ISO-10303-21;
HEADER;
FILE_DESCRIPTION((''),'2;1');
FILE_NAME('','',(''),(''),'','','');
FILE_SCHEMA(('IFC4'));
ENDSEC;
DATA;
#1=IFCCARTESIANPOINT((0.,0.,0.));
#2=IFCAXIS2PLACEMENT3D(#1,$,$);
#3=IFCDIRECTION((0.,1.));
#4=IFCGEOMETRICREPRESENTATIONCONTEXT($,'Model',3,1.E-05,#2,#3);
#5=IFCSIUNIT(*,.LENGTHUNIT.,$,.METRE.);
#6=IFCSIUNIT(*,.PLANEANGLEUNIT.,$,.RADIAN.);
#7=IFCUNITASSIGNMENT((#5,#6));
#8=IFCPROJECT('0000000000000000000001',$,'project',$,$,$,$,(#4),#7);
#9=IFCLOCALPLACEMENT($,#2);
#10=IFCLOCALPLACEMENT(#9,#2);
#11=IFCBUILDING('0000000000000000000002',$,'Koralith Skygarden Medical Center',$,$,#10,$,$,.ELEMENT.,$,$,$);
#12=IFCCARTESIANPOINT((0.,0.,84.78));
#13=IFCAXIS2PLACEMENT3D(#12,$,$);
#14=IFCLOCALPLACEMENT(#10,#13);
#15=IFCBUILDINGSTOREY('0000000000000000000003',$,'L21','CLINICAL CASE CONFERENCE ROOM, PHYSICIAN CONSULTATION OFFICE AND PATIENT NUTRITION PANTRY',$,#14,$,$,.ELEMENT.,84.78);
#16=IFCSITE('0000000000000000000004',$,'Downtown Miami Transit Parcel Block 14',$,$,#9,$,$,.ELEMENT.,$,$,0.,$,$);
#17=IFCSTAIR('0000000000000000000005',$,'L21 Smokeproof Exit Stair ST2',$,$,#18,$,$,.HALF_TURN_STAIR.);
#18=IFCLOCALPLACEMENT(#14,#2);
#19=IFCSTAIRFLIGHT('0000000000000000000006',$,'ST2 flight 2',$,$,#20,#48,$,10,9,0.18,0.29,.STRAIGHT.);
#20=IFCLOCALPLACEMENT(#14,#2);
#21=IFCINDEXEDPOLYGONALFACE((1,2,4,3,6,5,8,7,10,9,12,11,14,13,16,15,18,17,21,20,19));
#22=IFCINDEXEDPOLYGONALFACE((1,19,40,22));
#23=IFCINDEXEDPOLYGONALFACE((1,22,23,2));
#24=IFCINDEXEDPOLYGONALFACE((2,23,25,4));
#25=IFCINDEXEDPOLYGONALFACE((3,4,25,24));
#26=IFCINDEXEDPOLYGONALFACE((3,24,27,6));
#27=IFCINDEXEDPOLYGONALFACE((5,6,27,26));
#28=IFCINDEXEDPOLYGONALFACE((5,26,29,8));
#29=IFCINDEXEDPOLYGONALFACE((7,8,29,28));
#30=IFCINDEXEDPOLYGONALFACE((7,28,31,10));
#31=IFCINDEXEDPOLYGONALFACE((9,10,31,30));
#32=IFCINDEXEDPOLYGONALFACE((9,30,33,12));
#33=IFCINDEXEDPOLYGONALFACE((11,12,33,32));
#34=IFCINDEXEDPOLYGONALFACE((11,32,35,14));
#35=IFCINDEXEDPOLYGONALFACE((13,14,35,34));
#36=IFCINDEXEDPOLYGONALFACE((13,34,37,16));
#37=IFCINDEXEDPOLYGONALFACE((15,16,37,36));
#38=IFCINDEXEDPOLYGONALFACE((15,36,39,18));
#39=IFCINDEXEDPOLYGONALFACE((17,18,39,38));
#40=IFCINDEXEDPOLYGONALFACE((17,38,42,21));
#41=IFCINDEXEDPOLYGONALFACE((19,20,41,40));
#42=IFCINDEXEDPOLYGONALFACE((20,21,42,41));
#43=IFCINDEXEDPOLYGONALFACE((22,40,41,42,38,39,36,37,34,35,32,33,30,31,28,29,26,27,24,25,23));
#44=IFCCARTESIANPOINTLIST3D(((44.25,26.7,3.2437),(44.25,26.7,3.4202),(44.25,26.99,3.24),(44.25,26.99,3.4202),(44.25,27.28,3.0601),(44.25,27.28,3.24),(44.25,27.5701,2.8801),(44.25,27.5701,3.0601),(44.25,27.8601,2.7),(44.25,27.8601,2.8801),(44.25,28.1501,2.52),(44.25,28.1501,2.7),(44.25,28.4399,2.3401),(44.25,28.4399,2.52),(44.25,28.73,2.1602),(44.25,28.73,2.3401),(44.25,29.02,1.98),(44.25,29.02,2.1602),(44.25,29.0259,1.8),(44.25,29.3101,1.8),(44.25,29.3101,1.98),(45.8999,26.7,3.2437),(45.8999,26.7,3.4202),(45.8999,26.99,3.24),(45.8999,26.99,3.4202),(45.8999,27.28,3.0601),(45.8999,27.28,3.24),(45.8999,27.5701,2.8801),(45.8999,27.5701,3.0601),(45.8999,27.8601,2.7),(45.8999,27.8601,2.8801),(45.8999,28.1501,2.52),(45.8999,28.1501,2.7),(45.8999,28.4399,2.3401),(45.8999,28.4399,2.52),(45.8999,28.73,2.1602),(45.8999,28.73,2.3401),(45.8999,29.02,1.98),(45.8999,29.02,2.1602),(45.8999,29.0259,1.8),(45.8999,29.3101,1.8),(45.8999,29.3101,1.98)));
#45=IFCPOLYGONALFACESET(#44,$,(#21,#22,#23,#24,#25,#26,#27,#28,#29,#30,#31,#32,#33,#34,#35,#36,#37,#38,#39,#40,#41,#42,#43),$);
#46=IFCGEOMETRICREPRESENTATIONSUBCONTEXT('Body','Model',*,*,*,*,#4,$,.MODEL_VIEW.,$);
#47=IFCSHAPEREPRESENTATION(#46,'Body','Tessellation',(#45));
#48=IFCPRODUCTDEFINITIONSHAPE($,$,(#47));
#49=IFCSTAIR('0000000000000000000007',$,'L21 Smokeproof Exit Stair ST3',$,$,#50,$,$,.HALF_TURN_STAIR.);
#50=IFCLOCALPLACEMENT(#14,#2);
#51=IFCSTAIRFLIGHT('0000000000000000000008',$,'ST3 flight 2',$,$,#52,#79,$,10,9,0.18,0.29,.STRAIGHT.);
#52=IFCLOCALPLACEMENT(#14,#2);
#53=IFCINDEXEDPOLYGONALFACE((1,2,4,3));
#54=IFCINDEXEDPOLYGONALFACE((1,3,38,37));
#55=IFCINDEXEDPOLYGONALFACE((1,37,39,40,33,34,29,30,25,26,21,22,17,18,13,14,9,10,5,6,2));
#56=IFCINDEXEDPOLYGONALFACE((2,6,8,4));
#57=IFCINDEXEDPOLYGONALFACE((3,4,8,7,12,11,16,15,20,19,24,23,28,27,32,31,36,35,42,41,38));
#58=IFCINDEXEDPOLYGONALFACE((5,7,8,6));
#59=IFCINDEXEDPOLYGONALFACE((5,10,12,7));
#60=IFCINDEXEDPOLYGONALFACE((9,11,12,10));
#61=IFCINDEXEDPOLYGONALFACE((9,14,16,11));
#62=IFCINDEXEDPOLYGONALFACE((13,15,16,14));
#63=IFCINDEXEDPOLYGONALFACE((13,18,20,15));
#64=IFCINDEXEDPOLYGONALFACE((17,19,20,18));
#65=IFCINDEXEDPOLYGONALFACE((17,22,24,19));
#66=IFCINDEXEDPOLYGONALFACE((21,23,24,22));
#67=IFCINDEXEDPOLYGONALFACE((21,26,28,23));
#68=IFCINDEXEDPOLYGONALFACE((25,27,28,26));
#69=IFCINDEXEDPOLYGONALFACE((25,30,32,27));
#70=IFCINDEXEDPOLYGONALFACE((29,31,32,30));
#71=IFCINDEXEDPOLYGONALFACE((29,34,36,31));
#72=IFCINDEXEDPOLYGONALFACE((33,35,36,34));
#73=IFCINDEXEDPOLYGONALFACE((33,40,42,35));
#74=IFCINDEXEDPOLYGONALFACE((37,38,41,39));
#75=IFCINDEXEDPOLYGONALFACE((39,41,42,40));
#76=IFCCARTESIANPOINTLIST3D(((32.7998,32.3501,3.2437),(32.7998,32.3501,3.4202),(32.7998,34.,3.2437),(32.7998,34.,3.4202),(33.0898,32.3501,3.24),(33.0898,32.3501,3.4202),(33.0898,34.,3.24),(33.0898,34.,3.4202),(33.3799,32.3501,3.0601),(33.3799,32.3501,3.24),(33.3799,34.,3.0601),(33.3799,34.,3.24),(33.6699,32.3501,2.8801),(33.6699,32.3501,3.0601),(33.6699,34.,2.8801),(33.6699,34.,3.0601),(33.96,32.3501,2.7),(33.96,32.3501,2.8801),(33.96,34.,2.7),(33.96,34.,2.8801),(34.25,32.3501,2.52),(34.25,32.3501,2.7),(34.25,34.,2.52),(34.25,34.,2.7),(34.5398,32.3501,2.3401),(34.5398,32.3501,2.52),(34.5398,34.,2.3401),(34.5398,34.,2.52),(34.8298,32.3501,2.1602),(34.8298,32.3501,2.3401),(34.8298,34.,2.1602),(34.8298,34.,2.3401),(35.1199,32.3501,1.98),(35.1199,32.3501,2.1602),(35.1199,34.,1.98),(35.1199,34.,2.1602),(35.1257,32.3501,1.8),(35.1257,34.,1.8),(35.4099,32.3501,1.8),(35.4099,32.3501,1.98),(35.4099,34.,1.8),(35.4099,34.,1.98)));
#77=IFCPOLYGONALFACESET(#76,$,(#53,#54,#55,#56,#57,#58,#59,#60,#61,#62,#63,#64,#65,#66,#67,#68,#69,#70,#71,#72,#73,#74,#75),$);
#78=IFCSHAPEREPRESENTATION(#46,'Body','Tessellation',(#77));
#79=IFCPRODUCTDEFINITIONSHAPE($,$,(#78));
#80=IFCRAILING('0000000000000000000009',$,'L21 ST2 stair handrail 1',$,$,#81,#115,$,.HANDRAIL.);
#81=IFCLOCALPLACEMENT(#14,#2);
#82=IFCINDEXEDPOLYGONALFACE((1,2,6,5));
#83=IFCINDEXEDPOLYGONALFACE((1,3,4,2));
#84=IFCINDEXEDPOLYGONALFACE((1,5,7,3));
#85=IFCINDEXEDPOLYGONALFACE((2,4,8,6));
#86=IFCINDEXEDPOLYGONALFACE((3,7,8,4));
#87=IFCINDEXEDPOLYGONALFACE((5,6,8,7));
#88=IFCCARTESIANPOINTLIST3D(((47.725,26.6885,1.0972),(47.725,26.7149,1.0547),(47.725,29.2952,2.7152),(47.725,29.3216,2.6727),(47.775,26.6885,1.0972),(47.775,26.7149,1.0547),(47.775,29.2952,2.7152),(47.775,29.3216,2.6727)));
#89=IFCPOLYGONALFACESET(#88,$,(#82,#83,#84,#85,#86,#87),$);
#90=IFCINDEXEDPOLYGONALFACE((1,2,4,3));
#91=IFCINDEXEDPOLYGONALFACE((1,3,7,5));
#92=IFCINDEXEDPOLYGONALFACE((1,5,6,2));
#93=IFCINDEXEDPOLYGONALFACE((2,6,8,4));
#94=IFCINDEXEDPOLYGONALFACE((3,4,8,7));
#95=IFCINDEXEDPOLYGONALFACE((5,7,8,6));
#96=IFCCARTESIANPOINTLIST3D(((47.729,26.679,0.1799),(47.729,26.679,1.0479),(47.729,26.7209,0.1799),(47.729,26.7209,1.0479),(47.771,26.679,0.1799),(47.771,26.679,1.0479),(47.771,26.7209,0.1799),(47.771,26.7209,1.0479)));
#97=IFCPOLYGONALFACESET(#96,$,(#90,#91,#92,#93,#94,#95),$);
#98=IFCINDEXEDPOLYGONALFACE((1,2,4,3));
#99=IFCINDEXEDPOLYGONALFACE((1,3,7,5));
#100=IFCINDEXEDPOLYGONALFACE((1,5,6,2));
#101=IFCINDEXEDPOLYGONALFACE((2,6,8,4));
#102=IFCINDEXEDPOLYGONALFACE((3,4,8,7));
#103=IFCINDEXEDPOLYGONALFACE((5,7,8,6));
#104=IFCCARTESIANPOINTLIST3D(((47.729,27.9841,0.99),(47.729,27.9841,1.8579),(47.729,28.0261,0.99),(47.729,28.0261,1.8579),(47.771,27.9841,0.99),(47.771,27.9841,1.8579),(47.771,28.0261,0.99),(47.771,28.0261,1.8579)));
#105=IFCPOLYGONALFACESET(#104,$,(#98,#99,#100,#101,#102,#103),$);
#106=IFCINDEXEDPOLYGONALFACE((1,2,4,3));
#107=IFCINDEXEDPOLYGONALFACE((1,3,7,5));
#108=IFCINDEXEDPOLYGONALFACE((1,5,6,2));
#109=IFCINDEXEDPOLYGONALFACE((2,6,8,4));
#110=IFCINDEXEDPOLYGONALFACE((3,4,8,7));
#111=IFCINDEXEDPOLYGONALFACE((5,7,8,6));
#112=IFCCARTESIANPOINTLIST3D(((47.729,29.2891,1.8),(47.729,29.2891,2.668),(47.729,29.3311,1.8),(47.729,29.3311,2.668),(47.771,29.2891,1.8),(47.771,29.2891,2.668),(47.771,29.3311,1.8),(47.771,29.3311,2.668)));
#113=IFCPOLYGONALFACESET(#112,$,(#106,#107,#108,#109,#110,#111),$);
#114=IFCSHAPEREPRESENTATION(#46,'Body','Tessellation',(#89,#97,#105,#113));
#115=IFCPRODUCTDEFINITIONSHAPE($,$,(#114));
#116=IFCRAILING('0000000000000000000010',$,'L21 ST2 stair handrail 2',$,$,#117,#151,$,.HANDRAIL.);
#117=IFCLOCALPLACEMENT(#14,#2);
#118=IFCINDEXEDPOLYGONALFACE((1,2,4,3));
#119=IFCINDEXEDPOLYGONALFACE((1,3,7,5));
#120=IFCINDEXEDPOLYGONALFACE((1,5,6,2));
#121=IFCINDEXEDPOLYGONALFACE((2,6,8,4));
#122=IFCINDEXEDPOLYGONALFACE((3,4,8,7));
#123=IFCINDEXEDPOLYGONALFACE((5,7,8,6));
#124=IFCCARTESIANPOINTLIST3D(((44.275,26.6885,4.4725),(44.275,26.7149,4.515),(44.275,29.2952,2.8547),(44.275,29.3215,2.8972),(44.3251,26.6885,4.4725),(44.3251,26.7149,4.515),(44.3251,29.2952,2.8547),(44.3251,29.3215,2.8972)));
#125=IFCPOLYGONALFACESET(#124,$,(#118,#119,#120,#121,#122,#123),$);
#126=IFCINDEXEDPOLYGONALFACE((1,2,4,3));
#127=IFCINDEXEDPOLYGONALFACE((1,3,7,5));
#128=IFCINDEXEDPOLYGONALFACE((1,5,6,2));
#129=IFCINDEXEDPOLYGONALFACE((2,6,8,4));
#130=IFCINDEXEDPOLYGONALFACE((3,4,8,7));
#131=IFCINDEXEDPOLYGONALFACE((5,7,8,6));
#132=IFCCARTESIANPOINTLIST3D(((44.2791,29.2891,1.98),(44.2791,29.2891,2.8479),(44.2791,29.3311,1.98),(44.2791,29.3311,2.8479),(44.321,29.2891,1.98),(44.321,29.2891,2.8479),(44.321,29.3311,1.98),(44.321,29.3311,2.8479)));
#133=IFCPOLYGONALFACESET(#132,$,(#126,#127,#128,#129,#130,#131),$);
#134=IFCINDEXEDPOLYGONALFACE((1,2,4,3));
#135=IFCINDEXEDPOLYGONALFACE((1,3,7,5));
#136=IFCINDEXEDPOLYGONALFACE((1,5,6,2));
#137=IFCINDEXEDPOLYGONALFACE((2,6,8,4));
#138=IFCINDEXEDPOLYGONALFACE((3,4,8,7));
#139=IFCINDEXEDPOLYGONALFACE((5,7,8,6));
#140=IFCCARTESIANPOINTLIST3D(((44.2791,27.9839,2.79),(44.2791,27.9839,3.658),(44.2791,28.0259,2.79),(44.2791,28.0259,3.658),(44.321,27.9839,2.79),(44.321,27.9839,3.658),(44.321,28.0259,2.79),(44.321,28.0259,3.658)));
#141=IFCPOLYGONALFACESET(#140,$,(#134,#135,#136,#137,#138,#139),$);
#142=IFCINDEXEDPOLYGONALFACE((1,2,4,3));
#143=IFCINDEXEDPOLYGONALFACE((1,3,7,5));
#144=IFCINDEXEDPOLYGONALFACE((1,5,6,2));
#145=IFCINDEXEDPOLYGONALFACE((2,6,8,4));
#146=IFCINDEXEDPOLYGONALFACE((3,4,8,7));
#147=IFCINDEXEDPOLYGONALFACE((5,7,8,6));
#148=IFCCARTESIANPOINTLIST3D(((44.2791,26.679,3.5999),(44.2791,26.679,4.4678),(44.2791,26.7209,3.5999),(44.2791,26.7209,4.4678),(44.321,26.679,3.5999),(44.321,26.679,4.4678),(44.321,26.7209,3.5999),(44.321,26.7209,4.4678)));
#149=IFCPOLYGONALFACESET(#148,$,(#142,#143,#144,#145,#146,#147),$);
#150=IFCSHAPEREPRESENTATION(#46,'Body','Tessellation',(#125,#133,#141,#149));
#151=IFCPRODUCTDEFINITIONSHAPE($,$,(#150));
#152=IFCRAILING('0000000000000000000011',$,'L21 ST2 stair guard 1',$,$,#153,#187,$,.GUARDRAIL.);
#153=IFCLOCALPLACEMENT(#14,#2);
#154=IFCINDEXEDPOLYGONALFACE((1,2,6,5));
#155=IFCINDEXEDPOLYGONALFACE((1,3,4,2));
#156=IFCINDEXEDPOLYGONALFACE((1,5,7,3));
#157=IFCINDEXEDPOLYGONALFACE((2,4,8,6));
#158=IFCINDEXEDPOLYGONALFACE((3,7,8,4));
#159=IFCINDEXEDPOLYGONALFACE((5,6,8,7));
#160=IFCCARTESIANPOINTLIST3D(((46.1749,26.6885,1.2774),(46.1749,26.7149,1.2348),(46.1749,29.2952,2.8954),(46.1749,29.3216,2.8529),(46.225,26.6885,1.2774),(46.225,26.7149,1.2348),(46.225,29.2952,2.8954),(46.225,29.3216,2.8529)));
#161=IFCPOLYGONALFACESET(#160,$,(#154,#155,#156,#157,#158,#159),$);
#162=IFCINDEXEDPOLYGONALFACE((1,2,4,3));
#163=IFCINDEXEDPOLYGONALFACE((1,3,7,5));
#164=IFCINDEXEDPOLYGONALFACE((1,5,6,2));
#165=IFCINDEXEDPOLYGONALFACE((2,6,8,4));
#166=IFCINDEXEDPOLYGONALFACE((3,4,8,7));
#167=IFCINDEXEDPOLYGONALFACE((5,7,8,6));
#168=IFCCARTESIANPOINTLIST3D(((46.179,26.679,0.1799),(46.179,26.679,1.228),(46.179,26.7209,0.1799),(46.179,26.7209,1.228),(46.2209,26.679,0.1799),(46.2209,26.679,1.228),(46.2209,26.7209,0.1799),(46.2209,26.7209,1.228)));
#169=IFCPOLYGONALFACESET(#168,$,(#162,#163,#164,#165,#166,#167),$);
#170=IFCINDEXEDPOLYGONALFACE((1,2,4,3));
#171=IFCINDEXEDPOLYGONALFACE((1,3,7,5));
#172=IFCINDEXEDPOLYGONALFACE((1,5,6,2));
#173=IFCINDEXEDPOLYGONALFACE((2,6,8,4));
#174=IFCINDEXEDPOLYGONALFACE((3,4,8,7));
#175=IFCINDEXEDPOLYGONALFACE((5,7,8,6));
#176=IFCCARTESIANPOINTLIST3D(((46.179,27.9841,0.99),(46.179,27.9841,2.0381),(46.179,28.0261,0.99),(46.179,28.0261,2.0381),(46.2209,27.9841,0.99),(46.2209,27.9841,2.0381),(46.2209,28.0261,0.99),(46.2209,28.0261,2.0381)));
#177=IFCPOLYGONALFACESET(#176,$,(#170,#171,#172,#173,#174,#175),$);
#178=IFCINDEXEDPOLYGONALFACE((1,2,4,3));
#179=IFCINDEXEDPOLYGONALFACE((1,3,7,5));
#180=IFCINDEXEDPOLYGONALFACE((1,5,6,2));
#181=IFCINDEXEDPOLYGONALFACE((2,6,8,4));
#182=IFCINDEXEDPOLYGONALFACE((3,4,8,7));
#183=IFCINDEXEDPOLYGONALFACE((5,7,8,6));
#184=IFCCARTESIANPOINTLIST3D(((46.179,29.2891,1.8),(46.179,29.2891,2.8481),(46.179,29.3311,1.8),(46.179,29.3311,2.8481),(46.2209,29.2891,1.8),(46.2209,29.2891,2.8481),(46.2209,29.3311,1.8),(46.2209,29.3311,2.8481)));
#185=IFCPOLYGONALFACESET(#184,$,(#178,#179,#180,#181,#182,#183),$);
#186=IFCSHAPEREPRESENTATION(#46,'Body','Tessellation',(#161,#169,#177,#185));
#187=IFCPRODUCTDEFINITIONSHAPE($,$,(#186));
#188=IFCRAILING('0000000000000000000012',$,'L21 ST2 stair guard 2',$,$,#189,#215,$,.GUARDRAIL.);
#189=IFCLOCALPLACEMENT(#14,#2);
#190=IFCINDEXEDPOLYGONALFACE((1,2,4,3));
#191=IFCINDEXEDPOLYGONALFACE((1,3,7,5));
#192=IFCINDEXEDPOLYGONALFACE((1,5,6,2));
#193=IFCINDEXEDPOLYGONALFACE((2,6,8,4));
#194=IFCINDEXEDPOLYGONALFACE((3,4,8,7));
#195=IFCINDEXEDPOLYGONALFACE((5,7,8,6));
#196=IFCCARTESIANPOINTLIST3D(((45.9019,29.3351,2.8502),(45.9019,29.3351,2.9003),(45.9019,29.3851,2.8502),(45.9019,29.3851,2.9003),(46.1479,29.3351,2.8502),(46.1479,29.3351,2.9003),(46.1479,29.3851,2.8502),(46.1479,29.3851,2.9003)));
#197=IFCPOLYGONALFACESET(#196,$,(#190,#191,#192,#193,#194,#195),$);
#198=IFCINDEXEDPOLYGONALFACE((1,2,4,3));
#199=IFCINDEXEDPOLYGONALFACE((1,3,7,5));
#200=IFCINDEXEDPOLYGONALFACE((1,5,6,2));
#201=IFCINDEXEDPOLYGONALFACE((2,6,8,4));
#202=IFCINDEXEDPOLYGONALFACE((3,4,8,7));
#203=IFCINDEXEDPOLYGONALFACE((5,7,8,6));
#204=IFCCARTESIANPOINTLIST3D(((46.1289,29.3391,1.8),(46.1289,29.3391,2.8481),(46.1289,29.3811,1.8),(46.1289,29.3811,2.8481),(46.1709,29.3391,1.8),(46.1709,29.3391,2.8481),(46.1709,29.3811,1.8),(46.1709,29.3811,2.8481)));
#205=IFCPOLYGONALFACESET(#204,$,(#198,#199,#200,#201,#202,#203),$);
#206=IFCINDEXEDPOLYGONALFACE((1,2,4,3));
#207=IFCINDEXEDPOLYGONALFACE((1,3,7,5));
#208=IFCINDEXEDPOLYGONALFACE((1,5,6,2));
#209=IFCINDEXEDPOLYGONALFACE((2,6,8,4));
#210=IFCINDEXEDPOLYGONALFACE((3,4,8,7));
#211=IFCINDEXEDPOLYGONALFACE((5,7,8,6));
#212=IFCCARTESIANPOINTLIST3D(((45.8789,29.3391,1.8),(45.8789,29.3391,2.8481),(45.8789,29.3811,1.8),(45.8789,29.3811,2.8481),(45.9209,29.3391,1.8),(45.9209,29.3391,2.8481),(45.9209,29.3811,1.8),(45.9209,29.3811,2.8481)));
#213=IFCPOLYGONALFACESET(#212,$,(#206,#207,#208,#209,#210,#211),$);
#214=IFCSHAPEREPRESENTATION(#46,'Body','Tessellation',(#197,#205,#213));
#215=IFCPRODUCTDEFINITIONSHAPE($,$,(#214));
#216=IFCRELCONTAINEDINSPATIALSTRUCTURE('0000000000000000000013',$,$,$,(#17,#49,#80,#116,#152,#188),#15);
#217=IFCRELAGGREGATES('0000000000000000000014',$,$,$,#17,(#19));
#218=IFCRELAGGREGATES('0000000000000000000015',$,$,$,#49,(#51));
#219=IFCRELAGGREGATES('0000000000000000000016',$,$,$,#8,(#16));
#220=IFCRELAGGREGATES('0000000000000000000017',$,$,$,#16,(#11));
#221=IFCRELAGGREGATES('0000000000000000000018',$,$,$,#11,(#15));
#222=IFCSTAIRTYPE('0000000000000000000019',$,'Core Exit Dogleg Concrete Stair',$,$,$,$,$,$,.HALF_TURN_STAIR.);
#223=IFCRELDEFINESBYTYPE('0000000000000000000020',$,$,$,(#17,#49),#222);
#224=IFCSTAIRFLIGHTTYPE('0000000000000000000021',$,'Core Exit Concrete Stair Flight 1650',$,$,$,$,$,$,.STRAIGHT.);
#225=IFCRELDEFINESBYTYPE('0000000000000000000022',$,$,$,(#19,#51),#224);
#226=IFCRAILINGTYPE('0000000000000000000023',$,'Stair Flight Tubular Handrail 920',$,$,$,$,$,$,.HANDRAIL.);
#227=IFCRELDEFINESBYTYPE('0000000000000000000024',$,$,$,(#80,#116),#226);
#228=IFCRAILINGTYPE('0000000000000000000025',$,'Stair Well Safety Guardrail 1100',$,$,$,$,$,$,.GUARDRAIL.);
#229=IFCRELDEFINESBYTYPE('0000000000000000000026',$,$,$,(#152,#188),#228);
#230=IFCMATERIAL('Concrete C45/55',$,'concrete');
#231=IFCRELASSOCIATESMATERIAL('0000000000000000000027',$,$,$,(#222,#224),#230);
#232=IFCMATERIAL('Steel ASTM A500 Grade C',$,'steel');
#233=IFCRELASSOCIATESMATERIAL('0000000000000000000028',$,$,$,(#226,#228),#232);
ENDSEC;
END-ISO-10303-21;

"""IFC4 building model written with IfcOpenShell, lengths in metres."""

from ifc_helpers import new_model, si_unit, direction, frame, origin, origin_2d, place, context, subcontext, project, spatial, polyline, rectangle, outline, extrude, material, type_object, element, aggregate, save


model = new_model("IFC4")

# Units and contexts
model_context = context("Model", 3, precision=1e-05, world=origin(), true_north=direction((0.0, 1.0)))
body_context = subcontext(model_context, "Body", "Model", "MODEL_VIEW")
ifc_project = project(units=[si_unit("LENGTHUNIT", "METRE"), si_unit("PLANEANGLEUNIT", "RADIAN")], contexts=[model_context])

# Site, building, storey
site_placement = place(None, origin())
site = spatial("IfcSite", under=ifc_project, at=site_placement, Name="Downtown Miami Transit Parcel Block 14", CompositionType="ELEMENT", RefElevation=0.0)
building_placement = place(site_placement, origin())
building = spatial("IfcBuilding", under=site, at=building_placement, Name="Koralith Skygarden Medical Center", CompositionType="ELEMENT")
storey_placement = place(building_placement, frame((0.0, 0.0, 84.78)))
storey = spatial("IfcBuildingStorey", under=building, at=storey_placement, Name="L21", Description="CLINICAL CASE CONFERENCE ROOM, PHYSICIAN CONSULTATION OFFICE AND PATIENT NUTRITION PANTRY", CompositionType="ELEMENT", Elevation=84.78)

# Shared definitions
ifc_material_1 = material(Name="Concrete C45/55", Category="concrete")

# Stair, stair flight
stair_type = type_object("IfcStairType", Name="Core Exit Dogleg Concrete Stair", PredefinedType="HALF_TURN_STAIR", material=ifc_material_1)
stair_1_placement = place(storey_placement, origin())
stair_1 = element("IfcStair", 1, at=stair_1_placement, inside=storey, type_object=stair_type, Name="L21 Smokeproof Exit Stair ST2", PredefinedType="HALF_TURN_STAIR")
stair_flight_type = type_object("IfcStairFlightType", Name="Core Exit Concrete Stair Flight 1650", PredefinedType="STRAIGHT", material=ifc_material_1)
stair_flight_1_placement = place(storey_placement, frame((45.075, 29.3101, 1.8), z_axis=(0.0, 0.0, 1.0), x_axis=(0.0, -1.0, 0.0)))
stair_flight_1 = element("IfcStairFlight", 2, at=stair_flight_1_placement, type_object=stair_flight_type, Name="ST2 flight 2", NumberOfRisers=10, NumberOfTreads=9, PredefinedType="STRAIGHT", RiserHeight=0.18, TreadLength=0.29, context=body_context, shape_type="SweptSolid", body=[
    extrude(outline(polyline([(0.0, 0.0), (0.0, 0.1799), (0.29, 0.1799), (0.29, 0.3601), (0.5801, 0.3601), (0.5801, 0.54), (0.8701, 0.54), (0.8701, 0.72), (1.1599, 0.72), (1.1599, 0.8999), (1.45, 0.8999), (1.45, 1.0801), (1.74, 1.0801), (1.74, 1.26), (2.03, 1.26), (2.03, 1.4399), (2.3201, 1.4399), (2.3201, 1.6201), (2.6101, 1.6201), (2.6101, 1.8), (2.6101, 1.4436), (0.2842, 0.0), (0.0, 0.0)])), frame((0.0, 0.825, 0.0), z_axis=(0.0, -1.0, 0.0), x_axis=(1.0, 0.0, 0.0)), (0.0, 0.0, 1.0), 1.6499),
])
aggregate(stair_1, [stair_flight_1])

# Stair, stair flight
stair_2_placement = place(storey_placement, origin())
stair_2 = element("IfcStair", 3, at=stair_2_placement, inside=storey, type_object=stair_type, Name="L21 Smokeproof Exit Stair ST3", PredefinedType="HALF_TURN_STAIR")
stair_flight_2_placement = place(storey_placement, frame((35.4099, 33.175, 1.8), z_axis=(0.0, 0.0, 1.0), x_axis=(-1.0, 0.0, 0.0)))
stair_flight_2 = element("IfcStairFlight", 4, at=stair_flight_2_placement, type_object=stair_flight_type, Name="ST3 flight 2", NumberOfRisers=10, NumberOfTreads=9, PredefinedType="STRAIGHT", RiserHeight=0.18, TreadLength=0.29, context=body_context, shape_type="SweptSolid", body=[
    extrude(outline(polyline([(0.0, 0.0), (0.0, 0.1799), (0.29, 0.1799), (0.29, 0.3601), (0.5801, 0.3601), (0.5801, 0.54), (0.8701, 0.54), (0.8701, 0.72), (1.1599, 0.72), (1.1599, 0.8999), (1.45, 0.8999), (1.45, 1.0801), (1.74, 1.0801), (1.74, 1.26), (2.03, 1.26), (2.03, 1.4399), (2.3201, 1.4399), (2.3201, 1.6201), (2.6101, 1.6201), (2.6101, 1.8), (2.6101, 1.4436), (0.2842, 0.0), (0.0, 0.0)])), frame((0.0, 0.825, 0.0), z_axis=(0.0, -1.0, 0.0), x_axis=(1.0, 0.0, 0.0)), (0.0, 0.0, 1.0), 1.6499),
])
aggregate(stair_2, [stair_flight_2])

# Railings
ifc_material_2 = material(Name="Steel ASTM A500 Grade C", Category="steel")
railing_type_1 = type_object("IfcRailingType", Name="Stair Flight Tubular Handrail 920", PredefinedType="HANDRAIL", material=ifc_material_2)
railing_1_placement = place(storey_placement, frame((47.75, 26.7, 0.1799)))
element("IfcRailing", 5, at=railing_1_placement, inside=storey, type_object=railing_type_1, Name="L21 ST2 stair handrail 1", PredefinedType="HANDRAIL", context=body_context, shape_type="SweptSolid", body=[
    extrude(rectangle(XDim=0.05, YDim=0.05, at=origin_2d()), frame((0.0, 0.0017, 0.896), z_axis=(0.0, 0.849633, 0.527375), x_axis=(-1.0, 0.0, 0.0)), (0.0, 0.0, 1.0), 3.0681),
    extrude(rectangle(XDim=0.042, YDim=0.042, at=origin_2d()), origin(), (0.0, 0.0, 1.0), 0.8679),
    extrude(rectangle(XDim=0.042, YDim=0.042, at=origin_2d()), frame((0.0, 1.3052, 0.8101)), (0.0, 0.0, 1.0), 0.8679),
    extrude(rectangle(XDim=0.042, YDim=0.042, at=origin_2d()), frame((0.0, 2.6101, 1.6201)), (0.0, 0.0, 1.0), 0.8679),
])
railing_2_placement = place(storey_placement, frame((44.3, 29.3101, 1.98)))
element("IfcRailing", 6, at=railing_2_placement, inside=storey, type_object=railing_type_1, Name="L21 ST2 stair handrail 2", PredefinedType="HANDRAIL", context=body_context, shape_type="SweptSolid", body=[
    extrude(rectangle(XDim=0.05, YDim=0.05, at=origin_2d()), frame((0.0, -0.0017, 0.896), z_axis=(0.0, -0.849668, 0.527317), x_axis=(1.0, 0.0, 0.0)), (0.0, 0.0, 1.0), 3.0679),
    extrude(rectangle(XDim=0.042, YDim=0.042, at=origin_2d()), origin(), (0.0, 0.0, 1.0), 0.8679),
    extrude(rectangle(XDim=0.042, YDim=0.042, at=origin_2d()), frame((0.0, -1.3052, 0.8101)), (0.0, 0.0, 1.0), 0.8679),
    extrude(rectangle(XDim=0.042, YDim=0.042, at=origin_2d()), frame((0.0, -2.6101, 1.6199)), (0.0, 0.0, 1.0), 0.8679),
])
railing_type_2 = type_object("IfcRailingType", Name="Stair Well Safety Guardrail 1100", PredefinedType="GUARDRAIL", material=ifc_material_2)
railing_3_placement = place(storey_placement, frame((46.2, 26.7, 0.1799)))
element("IfcRailing", 7, at=railing_3_placement, inside=storey, type_object=railing_type_2, Name="L21 ST2 stair guard 1", PredefinedType="GUARDRAIL", context=body_context, shape_type="SweptSolid", body=[
    extrude(rectangle(XDim=0.05, YDim=0.05, at=origin_2d()), frame((0.0, 0.0017, 1.0762), z_axis=(0.0, 0.849633, 0.527375), x_axis=(-1.0, 0.0, 0.0)), (0.0, 0.0, 1.0), 3.0681),
    extrude(rectangle(XDim=0.042, YDim=0.042, at=origin_2d()), origin(), (0.0, 0.0, 1.0), 1.0481),
    extrude(rectangle(XDim=0.042, YDim=0.042, at=origin_2d()), frame((0.0, 1.3052, 0.8101)), (0.0, 0.0, 1.0), 1.0481),
    extrude(rectangle(XDim=0.042, YDim=0.042, at=origin_2d()), frame((0.0, 2.6101, 1.6201)), (0.0, 0.0, 1.0), 1.0481),
])
railing_4_placement = place(storey_placement, frame((46.1499, 29.3601, 1.8)))
element("IfcRailing", 8, at=railing_4_placement, inside=storey, type_object=railing_type_2, Name="L21 ST2 stair guard 2", PredefinedType="GUARDRAIL", context=body_context, shape_type="SweptSolid", body=[
    extrude(rectangle(XDim=0.05, YDim=0.05, at=origin_2d()), frame((-0.002, 0.0, 1.0752), z_axis=(-1.0, 0.0, 0.0), x_axis=(0.0, -1.0, 0.0)), (0.0, 0.0, 1.0), 0.2461),
    extrude(rectangle(XDim=0.042, YDim=0.042, at=origin_2d()), origin(), (0.0, 0.0, 1.0), 1.0481),
    extrude(rectangle(XDim=0.042, YDim=0.042, at=origin_2d()), frame((-0.25, 0.0, 0.0)), (0.0, 0.0, 1.0), 1.0481),
])

save(model, "model.ifc")
